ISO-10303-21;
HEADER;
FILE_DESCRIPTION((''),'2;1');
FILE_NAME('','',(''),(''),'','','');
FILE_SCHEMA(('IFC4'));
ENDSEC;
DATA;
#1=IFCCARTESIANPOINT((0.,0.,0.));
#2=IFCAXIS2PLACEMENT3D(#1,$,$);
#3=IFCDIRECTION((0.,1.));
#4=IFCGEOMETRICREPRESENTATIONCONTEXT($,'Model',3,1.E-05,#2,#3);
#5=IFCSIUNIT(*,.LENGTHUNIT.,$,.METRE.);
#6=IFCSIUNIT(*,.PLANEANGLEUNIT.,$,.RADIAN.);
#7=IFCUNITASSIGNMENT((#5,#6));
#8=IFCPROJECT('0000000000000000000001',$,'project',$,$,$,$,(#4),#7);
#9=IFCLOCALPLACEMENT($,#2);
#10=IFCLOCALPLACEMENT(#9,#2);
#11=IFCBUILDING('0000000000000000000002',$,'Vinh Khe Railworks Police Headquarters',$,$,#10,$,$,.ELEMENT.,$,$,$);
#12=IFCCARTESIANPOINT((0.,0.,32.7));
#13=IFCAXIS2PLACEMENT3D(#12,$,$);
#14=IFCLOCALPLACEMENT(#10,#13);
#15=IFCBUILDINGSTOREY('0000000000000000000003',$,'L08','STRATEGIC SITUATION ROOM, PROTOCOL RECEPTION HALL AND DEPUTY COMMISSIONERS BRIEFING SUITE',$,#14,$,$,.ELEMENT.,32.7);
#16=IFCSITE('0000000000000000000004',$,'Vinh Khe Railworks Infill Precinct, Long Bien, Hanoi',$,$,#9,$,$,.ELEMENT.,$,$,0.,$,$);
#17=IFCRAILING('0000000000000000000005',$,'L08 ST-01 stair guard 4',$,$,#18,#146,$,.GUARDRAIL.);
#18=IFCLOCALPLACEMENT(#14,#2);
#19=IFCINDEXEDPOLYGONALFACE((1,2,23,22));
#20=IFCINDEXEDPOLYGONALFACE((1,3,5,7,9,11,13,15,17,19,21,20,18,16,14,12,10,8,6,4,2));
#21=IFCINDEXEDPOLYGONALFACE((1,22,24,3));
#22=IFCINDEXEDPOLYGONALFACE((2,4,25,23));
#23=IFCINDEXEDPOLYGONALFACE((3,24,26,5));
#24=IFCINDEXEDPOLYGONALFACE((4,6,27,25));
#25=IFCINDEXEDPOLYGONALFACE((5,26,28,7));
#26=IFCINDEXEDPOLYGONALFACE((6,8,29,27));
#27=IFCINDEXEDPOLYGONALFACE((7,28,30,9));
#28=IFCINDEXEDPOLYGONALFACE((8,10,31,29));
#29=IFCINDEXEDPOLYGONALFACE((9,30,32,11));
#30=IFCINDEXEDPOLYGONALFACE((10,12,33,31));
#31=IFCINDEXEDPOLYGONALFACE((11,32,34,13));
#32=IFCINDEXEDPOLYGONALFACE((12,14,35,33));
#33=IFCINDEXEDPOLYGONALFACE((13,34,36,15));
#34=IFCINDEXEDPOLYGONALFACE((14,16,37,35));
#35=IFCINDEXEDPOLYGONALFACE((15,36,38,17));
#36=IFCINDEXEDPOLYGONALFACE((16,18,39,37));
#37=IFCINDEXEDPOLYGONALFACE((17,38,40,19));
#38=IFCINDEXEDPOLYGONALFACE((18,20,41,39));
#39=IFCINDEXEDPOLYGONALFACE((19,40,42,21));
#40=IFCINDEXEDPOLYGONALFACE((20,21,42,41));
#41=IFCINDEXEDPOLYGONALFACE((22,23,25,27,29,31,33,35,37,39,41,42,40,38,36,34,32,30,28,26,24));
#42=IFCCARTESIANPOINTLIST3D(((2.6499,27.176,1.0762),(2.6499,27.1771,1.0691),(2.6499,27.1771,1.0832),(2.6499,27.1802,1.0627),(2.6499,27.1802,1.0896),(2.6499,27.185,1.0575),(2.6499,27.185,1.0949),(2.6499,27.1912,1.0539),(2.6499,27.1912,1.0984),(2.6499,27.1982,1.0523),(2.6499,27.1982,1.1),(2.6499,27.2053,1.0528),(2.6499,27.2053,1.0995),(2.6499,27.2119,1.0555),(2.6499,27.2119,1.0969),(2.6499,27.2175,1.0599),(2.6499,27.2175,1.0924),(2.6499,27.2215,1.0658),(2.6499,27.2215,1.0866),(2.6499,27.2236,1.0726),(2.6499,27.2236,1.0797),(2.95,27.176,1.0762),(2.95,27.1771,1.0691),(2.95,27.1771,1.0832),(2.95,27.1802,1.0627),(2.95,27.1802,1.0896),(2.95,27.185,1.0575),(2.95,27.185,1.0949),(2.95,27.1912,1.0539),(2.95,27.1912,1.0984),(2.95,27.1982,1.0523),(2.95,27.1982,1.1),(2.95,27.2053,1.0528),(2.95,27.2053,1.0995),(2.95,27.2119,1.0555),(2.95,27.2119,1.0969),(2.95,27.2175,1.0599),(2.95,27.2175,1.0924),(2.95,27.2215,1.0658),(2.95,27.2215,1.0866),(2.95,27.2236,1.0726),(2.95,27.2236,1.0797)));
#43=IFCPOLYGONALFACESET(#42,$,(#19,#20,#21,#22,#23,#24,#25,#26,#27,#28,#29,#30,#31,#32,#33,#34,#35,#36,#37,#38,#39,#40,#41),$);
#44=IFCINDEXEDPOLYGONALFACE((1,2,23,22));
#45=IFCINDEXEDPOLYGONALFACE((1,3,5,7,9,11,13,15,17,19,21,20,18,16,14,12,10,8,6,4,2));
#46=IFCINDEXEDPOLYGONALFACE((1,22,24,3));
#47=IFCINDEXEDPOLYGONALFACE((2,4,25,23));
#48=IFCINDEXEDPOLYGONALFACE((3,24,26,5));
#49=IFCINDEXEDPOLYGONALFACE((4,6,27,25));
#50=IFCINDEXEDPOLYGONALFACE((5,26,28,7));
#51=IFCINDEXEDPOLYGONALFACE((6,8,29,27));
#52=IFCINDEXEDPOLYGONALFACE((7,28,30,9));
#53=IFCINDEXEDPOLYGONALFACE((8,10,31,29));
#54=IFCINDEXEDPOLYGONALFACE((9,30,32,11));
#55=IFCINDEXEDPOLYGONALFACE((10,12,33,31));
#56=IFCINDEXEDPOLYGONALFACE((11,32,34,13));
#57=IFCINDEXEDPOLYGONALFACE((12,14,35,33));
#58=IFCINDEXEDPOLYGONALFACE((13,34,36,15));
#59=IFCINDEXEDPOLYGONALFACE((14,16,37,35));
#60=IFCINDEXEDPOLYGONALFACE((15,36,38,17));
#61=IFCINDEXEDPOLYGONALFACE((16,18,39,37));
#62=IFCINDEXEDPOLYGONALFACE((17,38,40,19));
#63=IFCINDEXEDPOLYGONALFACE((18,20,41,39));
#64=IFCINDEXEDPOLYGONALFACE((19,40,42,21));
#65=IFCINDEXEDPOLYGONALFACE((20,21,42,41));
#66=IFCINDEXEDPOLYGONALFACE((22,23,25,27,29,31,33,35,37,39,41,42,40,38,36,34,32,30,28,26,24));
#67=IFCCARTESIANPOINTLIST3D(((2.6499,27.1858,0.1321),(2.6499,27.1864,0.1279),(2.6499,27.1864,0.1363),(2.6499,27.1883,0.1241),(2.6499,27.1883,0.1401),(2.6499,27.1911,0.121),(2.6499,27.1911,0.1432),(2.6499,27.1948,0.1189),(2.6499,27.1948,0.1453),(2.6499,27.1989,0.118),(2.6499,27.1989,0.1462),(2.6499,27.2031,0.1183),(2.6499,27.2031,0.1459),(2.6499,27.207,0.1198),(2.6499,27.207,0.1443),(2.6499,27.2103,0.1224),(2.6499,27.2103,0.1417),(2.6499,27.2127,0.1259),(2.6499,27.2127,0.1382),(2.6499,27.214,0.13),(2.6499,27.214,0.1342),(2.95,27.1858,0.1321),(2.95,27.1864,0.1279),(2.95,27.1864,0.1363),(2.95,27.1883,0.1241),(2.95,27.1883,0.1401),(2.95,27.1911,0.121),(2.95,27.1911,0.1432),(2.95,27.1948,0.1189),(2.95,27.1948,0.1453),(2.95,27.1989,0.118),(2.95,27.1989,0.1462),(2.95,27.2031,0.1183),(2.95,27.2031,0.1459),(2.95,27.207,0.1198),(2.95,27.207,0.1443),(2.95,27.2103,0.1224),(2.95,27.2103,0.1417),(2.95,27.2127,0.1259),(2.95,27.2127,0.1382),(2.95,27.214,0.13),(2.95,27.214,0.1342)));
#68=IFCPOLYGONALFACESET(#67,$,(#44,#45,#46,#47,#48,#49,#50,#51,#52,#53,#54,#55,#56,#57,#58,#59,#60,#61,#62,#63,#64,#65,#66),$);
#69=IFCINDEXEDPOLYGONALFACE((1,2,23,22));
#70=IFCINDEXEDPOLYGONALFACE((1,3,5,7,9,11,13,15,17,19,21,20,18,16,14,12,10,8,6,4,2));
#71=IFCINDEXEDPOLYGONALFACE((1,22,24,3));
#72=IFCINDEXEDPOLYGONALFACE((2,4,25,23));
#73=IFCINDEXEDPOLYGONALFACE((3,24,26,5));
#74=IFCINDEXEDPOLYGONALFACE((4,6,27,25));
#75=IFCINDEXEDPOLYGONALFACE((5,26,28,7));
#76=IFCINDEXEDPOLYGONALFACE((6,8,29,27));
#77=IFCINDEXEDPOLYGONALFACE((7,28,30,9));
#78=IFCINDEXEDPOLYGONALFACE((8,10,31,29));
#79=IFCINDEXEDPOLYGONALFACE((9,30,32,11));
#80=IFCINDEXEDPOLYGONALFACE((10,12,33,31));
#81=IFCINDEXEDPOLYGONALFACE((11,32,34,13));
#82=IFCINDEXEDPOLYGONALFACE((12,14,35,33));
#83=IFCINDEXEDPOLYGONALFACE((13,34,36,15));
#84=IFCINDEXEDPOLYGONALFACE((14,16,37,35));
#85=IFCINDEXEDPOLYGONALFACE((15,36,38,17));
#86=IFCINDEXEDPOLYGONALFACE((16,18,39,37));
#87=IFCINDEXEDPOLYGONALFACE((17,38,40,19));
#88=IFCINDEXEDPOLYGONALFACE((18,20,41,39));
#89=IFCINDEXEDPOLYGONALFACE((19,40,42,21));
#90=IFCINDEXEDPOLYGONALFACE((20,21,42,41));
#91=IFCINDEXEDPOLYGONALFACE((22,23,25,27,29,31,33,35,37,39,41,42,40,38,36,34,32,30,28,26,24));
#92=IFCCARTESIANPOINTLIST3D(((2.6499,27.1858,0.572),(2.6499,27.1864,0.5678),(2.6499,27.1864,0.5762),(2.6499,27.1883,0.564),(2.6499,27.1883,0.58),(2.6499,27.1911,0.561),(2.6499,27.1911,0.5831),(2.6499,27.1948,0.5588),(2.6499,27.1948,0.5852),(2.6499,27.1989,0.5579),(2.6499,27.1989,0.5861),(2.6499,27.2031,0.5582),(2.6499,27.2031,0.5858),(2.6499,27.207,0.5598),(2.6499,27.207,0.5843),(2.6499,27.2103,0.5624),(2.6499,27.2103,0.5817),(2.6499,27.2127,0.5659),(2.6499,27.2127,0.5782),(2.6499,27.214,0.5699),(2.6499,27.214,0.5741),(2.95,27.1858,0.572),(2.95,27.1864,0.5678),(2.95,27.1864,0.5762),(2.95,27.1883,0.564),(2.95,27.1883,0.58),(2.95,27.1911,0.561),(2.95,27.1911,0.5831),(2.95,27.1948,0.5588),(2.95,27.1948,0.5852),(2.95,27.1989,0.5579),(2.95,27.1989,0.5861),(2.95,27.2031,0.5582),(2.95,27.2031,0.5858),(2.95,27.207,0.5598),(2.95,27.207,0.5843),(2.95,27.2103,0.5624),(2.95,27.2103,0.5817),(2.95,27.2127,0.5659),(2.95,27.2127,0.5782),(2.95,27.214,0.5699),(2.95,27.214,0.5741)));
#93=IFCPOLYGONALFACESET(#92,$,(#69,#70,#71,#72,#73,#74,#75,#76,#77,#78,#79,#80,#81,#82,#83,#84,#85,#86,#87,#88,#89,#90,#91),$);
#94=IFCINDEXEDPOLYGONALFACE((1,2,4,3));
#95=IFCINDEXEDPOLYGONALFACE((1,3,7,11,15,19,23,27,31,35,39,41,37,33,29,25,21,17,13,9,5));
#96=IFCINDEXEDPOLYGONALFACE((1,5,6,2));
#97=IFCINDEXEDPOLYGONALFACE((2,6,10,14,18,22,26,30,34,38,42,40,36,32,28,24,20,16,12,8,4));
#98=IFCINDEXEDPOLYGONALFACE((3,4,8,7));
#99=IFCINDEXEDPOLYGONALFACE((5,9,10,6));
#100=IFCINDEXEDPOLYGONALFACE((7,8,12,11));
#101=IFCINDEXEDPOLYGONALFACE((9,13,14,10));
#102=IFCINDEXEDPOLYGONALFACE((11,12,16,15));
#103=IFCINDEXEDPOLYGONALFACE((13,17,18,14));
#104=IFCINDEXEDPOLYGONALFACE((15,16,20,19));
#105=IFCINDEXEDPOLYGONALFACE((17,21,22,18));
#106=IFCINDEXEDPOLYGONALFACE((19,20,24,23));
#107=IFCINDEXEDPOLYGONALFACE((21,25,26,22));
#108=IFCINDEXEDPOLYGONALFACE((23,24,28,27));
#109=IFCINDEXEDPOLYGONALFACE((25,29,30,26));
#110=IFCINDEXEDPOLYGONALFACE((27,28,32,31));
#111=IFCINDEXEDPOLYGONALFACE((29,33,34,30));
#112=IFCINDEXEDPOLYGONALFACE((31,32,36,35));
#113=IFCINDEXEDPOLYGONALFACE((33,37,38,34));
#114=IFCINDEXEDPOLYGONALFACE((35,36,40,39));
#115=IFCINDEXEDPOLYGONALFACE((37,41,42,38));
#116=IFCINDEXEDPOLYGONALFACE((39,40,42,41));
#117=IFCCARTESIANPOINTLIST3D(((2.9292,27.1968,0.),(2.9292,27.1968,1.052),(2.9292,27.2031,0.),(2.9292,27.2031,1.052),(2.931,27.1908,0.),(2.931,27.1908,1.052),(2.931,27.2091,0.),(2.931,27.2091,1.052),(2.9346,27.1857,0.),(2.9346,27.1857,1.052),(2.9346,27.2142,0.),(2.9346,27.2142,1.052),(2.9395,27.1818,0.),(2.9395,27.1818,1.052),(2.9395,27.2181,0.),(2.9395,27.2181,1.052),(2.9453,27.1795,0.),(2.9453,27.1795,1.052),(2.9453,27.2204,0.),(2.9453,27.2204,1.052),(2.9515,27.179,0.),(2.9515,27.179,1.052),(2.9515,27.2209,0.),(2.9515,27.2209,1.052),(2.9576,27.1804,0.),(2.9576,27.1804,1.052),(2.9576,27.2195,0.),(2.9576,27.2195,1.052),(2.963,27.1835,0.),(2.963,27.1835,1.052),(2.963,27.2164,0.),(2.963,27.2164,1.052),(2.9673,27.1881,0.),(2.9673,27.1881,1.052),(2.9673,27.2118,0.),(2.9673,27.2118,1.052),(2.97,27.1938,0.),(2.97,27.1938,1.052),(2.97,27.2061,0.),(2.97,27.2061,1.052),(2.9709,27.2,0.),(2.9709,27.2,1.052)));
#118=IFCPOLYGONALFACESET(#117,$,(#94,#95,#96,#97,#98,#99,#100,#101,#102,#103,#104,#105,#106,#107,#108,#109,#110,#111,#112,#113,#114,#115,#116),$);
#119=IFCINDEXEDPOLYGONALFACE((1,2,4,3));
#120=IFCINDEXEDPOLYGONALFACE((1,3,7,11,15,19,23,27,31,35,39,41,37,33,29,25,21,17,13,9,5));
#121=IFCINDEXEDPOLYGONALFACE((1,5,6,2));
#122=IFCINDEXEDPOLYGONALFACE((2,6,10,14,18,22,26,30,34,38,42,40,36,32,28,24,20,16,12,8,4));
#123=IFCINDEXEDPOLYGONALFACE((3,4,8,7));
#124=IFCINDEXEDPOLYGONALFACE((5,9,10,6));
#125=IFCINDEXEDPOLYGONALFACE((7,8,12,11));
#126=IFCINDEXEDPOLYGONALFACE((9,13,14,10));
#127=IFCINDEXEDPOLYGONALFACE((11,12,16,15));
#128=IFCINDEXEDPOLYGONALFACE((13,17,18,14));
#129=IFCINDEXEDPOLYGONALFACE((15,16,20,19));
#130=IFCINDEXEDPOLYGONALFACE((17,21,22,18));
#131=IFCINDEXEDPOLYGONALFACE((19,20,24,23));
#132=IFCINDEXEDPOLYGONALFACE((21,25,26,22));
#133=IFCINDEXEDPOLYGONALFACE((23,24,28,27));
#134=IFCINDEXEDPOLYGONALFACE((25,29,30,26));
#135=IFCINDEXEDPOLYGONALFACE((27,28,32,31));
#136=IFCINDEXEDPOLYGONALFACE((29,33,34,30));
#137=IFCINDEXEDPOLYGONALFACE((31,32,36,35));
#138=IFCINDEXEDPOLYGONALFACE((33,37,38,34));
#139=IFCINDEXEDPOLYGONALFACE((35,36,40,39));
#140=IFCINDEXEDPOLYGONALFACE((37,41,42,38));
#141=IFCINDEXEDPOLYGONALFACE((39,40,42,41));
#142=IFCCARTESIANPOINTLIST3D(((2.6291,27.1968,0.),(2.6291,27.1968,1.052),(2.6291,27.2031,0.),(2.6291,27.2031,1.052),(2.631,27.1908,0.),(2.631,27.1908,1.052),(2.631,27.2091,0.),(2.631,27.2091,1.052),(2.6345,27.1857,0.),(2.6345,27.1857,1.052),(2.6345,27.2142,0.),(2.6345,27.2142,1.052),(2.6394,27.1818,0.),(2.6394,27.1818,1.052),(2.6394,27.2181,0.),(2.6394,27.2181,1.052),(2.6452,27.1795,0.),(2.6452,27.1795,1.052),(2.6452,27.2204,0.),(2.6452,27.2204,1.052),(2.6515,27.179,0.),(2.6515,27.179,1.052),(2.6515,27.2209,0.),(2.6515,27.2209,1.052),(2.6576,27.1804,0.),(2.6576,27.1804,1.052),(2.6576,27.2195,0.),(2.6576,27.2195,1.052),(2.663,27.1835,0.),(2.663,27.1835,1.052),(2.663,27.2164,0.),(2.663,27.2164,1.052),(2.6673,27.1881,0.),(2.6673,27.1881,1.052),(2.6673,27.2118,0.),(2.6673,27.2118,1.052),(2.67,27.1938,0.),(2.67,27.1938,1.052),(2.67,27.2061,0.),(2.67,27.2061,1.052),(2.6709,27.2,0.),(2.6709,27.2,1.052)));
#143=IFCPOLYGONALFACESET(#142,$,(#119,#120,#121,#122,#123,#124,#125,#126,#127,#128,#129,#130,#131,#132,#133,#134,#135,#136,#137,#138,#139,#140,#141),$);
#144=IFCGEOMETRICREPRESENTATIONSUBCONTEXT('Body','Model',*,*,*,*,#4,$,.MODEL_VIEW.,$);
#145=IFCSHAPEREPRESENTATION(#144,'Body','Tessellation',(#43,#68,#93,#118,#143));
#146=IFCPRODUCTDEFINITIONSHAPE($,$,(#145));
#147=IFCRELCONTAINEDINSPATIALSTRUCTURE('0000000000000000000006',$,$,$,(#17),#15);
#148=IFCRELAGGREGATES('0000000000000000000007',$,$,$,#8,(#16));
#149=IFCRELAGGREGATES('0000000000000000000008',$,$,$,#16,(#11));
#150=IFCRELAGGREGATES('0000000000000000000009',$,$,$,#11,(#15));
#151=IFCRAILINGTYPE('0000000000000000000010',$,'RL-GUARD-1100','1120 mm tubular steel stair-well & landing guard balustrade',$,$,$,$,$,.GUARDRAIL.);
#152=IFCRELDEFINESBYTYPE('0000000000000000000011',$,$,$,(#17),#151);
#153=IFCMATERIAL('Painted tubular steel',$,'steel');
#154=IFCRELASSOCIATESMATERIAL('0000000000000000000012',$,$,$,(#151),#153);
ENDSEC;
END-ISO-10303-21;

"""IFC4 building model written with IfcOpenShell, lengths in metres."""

from ifc_helpers import new_model, si_unit, direction, frame, origin, origin_2d, place, context, subcontext, project, spatial, circle, extrude, material, type_object, element, save


model = new_model("IFC4")

# Units and contexts
model_context = context("Model", 3, precision=1e-05, world=origin(), true_north=direction((0.0, 1.0)))
body_context = subcontext(model_context, "Body", "Model", "MODEL_VIEW")
ifc_project = project(units=[si_unit("LENGTHUNIT", "METRE"), si_unit("PLANEANGLEUNIT", "RADIAN")], contexts=[model_context])

# Site, building, storey
site_placement = place(None, origin())
site = spatial("IfcSite", under=ifc_project, at=site_placement, Name="Vinh Khe Railworks Infill Precinct, Long Bien, Hanoi", CompositionType="ELEMENT", RefElevation=0.0)
building_placement = place(site_placement, origin())
building = spatial("IfcBuilding", under=site, at=building_placement, Name="Vinh Khe Railworks Police Headquarters", CompositionType="ELEMENT")
storey_placement = place(building_placement, frame((0.0, 0.0, 32.7)))
storey = spatial("IfcBuildingStorey", under=building, at=storey_placement, Name="L08", Description="STRATEGIC SITUATION ROOM, PROTOCOL RECEPTION HALL AND DEPUTY COMMISSIONERS BRIEFING SUITE", CompositionType="ELEMENT", Elevation=32.7)

# Railing
ifc_material_1 = material(Name="Painted tubular steel", Category="steel")
railing_type_1 = type_object("IfcRailingType", Name="RL-GUARD-1100", Description="1120 mm tubular steel stair-well & landing guard balustrade", PredefinedType="GUARDRAIL", material=ifc_material_1)
railing_1_placement = place(storey_placement, frame((2.95, 27.2, 0.0)))
element("IfcRailing", 1, at=railing_1_placement, inside=storey, type_object=railing_type_1, Name="L08 ST-01 stair guard 4", PredefinedType="GUARDRAIL", context=body_context, shape_type="SweptSolid", body=[
    extrude(circle(Radius=0.0239, at=origin_2d()), frame((0.0, 0.0, 1.0762), z_axis=(-1.0, 0.0, 0.0), x_axis=(0.0, -1.0, 0.0)), (0.0, 0.0, 1.0), 0.3),
    extrude(circle(Radius=0.0142, at=origin_2d()), frame((0.0, 0.0, 0.1321), z_axis=(-1.0, 0.0, 0.0), x_axis=(0.0, -1.0, 0.0)), (0.0, 0.0, 1.0), 0.3),
    extrude(circle(Radius=0.0142, at=origin_2d()), frame((0.0, 0.0, 0.572), z_axis=(-1.0, 0.0, 0.0), x_axis=(0.0, -1.0, 0.0)), (0.0, 0.0, 1.0), 0.3),
    extrude(circle(Radius=0.021, at=origin_2d()), origin(), (0.0, 0.0, 1.0), 1.052),
    extrude(circle(Radius=0.021, at=origin_2d()), frame((-0.3, 0.0, 0.0)), (0.0, 0.0, 1.0), 1.052),
])

save(model, "model.ifc")
